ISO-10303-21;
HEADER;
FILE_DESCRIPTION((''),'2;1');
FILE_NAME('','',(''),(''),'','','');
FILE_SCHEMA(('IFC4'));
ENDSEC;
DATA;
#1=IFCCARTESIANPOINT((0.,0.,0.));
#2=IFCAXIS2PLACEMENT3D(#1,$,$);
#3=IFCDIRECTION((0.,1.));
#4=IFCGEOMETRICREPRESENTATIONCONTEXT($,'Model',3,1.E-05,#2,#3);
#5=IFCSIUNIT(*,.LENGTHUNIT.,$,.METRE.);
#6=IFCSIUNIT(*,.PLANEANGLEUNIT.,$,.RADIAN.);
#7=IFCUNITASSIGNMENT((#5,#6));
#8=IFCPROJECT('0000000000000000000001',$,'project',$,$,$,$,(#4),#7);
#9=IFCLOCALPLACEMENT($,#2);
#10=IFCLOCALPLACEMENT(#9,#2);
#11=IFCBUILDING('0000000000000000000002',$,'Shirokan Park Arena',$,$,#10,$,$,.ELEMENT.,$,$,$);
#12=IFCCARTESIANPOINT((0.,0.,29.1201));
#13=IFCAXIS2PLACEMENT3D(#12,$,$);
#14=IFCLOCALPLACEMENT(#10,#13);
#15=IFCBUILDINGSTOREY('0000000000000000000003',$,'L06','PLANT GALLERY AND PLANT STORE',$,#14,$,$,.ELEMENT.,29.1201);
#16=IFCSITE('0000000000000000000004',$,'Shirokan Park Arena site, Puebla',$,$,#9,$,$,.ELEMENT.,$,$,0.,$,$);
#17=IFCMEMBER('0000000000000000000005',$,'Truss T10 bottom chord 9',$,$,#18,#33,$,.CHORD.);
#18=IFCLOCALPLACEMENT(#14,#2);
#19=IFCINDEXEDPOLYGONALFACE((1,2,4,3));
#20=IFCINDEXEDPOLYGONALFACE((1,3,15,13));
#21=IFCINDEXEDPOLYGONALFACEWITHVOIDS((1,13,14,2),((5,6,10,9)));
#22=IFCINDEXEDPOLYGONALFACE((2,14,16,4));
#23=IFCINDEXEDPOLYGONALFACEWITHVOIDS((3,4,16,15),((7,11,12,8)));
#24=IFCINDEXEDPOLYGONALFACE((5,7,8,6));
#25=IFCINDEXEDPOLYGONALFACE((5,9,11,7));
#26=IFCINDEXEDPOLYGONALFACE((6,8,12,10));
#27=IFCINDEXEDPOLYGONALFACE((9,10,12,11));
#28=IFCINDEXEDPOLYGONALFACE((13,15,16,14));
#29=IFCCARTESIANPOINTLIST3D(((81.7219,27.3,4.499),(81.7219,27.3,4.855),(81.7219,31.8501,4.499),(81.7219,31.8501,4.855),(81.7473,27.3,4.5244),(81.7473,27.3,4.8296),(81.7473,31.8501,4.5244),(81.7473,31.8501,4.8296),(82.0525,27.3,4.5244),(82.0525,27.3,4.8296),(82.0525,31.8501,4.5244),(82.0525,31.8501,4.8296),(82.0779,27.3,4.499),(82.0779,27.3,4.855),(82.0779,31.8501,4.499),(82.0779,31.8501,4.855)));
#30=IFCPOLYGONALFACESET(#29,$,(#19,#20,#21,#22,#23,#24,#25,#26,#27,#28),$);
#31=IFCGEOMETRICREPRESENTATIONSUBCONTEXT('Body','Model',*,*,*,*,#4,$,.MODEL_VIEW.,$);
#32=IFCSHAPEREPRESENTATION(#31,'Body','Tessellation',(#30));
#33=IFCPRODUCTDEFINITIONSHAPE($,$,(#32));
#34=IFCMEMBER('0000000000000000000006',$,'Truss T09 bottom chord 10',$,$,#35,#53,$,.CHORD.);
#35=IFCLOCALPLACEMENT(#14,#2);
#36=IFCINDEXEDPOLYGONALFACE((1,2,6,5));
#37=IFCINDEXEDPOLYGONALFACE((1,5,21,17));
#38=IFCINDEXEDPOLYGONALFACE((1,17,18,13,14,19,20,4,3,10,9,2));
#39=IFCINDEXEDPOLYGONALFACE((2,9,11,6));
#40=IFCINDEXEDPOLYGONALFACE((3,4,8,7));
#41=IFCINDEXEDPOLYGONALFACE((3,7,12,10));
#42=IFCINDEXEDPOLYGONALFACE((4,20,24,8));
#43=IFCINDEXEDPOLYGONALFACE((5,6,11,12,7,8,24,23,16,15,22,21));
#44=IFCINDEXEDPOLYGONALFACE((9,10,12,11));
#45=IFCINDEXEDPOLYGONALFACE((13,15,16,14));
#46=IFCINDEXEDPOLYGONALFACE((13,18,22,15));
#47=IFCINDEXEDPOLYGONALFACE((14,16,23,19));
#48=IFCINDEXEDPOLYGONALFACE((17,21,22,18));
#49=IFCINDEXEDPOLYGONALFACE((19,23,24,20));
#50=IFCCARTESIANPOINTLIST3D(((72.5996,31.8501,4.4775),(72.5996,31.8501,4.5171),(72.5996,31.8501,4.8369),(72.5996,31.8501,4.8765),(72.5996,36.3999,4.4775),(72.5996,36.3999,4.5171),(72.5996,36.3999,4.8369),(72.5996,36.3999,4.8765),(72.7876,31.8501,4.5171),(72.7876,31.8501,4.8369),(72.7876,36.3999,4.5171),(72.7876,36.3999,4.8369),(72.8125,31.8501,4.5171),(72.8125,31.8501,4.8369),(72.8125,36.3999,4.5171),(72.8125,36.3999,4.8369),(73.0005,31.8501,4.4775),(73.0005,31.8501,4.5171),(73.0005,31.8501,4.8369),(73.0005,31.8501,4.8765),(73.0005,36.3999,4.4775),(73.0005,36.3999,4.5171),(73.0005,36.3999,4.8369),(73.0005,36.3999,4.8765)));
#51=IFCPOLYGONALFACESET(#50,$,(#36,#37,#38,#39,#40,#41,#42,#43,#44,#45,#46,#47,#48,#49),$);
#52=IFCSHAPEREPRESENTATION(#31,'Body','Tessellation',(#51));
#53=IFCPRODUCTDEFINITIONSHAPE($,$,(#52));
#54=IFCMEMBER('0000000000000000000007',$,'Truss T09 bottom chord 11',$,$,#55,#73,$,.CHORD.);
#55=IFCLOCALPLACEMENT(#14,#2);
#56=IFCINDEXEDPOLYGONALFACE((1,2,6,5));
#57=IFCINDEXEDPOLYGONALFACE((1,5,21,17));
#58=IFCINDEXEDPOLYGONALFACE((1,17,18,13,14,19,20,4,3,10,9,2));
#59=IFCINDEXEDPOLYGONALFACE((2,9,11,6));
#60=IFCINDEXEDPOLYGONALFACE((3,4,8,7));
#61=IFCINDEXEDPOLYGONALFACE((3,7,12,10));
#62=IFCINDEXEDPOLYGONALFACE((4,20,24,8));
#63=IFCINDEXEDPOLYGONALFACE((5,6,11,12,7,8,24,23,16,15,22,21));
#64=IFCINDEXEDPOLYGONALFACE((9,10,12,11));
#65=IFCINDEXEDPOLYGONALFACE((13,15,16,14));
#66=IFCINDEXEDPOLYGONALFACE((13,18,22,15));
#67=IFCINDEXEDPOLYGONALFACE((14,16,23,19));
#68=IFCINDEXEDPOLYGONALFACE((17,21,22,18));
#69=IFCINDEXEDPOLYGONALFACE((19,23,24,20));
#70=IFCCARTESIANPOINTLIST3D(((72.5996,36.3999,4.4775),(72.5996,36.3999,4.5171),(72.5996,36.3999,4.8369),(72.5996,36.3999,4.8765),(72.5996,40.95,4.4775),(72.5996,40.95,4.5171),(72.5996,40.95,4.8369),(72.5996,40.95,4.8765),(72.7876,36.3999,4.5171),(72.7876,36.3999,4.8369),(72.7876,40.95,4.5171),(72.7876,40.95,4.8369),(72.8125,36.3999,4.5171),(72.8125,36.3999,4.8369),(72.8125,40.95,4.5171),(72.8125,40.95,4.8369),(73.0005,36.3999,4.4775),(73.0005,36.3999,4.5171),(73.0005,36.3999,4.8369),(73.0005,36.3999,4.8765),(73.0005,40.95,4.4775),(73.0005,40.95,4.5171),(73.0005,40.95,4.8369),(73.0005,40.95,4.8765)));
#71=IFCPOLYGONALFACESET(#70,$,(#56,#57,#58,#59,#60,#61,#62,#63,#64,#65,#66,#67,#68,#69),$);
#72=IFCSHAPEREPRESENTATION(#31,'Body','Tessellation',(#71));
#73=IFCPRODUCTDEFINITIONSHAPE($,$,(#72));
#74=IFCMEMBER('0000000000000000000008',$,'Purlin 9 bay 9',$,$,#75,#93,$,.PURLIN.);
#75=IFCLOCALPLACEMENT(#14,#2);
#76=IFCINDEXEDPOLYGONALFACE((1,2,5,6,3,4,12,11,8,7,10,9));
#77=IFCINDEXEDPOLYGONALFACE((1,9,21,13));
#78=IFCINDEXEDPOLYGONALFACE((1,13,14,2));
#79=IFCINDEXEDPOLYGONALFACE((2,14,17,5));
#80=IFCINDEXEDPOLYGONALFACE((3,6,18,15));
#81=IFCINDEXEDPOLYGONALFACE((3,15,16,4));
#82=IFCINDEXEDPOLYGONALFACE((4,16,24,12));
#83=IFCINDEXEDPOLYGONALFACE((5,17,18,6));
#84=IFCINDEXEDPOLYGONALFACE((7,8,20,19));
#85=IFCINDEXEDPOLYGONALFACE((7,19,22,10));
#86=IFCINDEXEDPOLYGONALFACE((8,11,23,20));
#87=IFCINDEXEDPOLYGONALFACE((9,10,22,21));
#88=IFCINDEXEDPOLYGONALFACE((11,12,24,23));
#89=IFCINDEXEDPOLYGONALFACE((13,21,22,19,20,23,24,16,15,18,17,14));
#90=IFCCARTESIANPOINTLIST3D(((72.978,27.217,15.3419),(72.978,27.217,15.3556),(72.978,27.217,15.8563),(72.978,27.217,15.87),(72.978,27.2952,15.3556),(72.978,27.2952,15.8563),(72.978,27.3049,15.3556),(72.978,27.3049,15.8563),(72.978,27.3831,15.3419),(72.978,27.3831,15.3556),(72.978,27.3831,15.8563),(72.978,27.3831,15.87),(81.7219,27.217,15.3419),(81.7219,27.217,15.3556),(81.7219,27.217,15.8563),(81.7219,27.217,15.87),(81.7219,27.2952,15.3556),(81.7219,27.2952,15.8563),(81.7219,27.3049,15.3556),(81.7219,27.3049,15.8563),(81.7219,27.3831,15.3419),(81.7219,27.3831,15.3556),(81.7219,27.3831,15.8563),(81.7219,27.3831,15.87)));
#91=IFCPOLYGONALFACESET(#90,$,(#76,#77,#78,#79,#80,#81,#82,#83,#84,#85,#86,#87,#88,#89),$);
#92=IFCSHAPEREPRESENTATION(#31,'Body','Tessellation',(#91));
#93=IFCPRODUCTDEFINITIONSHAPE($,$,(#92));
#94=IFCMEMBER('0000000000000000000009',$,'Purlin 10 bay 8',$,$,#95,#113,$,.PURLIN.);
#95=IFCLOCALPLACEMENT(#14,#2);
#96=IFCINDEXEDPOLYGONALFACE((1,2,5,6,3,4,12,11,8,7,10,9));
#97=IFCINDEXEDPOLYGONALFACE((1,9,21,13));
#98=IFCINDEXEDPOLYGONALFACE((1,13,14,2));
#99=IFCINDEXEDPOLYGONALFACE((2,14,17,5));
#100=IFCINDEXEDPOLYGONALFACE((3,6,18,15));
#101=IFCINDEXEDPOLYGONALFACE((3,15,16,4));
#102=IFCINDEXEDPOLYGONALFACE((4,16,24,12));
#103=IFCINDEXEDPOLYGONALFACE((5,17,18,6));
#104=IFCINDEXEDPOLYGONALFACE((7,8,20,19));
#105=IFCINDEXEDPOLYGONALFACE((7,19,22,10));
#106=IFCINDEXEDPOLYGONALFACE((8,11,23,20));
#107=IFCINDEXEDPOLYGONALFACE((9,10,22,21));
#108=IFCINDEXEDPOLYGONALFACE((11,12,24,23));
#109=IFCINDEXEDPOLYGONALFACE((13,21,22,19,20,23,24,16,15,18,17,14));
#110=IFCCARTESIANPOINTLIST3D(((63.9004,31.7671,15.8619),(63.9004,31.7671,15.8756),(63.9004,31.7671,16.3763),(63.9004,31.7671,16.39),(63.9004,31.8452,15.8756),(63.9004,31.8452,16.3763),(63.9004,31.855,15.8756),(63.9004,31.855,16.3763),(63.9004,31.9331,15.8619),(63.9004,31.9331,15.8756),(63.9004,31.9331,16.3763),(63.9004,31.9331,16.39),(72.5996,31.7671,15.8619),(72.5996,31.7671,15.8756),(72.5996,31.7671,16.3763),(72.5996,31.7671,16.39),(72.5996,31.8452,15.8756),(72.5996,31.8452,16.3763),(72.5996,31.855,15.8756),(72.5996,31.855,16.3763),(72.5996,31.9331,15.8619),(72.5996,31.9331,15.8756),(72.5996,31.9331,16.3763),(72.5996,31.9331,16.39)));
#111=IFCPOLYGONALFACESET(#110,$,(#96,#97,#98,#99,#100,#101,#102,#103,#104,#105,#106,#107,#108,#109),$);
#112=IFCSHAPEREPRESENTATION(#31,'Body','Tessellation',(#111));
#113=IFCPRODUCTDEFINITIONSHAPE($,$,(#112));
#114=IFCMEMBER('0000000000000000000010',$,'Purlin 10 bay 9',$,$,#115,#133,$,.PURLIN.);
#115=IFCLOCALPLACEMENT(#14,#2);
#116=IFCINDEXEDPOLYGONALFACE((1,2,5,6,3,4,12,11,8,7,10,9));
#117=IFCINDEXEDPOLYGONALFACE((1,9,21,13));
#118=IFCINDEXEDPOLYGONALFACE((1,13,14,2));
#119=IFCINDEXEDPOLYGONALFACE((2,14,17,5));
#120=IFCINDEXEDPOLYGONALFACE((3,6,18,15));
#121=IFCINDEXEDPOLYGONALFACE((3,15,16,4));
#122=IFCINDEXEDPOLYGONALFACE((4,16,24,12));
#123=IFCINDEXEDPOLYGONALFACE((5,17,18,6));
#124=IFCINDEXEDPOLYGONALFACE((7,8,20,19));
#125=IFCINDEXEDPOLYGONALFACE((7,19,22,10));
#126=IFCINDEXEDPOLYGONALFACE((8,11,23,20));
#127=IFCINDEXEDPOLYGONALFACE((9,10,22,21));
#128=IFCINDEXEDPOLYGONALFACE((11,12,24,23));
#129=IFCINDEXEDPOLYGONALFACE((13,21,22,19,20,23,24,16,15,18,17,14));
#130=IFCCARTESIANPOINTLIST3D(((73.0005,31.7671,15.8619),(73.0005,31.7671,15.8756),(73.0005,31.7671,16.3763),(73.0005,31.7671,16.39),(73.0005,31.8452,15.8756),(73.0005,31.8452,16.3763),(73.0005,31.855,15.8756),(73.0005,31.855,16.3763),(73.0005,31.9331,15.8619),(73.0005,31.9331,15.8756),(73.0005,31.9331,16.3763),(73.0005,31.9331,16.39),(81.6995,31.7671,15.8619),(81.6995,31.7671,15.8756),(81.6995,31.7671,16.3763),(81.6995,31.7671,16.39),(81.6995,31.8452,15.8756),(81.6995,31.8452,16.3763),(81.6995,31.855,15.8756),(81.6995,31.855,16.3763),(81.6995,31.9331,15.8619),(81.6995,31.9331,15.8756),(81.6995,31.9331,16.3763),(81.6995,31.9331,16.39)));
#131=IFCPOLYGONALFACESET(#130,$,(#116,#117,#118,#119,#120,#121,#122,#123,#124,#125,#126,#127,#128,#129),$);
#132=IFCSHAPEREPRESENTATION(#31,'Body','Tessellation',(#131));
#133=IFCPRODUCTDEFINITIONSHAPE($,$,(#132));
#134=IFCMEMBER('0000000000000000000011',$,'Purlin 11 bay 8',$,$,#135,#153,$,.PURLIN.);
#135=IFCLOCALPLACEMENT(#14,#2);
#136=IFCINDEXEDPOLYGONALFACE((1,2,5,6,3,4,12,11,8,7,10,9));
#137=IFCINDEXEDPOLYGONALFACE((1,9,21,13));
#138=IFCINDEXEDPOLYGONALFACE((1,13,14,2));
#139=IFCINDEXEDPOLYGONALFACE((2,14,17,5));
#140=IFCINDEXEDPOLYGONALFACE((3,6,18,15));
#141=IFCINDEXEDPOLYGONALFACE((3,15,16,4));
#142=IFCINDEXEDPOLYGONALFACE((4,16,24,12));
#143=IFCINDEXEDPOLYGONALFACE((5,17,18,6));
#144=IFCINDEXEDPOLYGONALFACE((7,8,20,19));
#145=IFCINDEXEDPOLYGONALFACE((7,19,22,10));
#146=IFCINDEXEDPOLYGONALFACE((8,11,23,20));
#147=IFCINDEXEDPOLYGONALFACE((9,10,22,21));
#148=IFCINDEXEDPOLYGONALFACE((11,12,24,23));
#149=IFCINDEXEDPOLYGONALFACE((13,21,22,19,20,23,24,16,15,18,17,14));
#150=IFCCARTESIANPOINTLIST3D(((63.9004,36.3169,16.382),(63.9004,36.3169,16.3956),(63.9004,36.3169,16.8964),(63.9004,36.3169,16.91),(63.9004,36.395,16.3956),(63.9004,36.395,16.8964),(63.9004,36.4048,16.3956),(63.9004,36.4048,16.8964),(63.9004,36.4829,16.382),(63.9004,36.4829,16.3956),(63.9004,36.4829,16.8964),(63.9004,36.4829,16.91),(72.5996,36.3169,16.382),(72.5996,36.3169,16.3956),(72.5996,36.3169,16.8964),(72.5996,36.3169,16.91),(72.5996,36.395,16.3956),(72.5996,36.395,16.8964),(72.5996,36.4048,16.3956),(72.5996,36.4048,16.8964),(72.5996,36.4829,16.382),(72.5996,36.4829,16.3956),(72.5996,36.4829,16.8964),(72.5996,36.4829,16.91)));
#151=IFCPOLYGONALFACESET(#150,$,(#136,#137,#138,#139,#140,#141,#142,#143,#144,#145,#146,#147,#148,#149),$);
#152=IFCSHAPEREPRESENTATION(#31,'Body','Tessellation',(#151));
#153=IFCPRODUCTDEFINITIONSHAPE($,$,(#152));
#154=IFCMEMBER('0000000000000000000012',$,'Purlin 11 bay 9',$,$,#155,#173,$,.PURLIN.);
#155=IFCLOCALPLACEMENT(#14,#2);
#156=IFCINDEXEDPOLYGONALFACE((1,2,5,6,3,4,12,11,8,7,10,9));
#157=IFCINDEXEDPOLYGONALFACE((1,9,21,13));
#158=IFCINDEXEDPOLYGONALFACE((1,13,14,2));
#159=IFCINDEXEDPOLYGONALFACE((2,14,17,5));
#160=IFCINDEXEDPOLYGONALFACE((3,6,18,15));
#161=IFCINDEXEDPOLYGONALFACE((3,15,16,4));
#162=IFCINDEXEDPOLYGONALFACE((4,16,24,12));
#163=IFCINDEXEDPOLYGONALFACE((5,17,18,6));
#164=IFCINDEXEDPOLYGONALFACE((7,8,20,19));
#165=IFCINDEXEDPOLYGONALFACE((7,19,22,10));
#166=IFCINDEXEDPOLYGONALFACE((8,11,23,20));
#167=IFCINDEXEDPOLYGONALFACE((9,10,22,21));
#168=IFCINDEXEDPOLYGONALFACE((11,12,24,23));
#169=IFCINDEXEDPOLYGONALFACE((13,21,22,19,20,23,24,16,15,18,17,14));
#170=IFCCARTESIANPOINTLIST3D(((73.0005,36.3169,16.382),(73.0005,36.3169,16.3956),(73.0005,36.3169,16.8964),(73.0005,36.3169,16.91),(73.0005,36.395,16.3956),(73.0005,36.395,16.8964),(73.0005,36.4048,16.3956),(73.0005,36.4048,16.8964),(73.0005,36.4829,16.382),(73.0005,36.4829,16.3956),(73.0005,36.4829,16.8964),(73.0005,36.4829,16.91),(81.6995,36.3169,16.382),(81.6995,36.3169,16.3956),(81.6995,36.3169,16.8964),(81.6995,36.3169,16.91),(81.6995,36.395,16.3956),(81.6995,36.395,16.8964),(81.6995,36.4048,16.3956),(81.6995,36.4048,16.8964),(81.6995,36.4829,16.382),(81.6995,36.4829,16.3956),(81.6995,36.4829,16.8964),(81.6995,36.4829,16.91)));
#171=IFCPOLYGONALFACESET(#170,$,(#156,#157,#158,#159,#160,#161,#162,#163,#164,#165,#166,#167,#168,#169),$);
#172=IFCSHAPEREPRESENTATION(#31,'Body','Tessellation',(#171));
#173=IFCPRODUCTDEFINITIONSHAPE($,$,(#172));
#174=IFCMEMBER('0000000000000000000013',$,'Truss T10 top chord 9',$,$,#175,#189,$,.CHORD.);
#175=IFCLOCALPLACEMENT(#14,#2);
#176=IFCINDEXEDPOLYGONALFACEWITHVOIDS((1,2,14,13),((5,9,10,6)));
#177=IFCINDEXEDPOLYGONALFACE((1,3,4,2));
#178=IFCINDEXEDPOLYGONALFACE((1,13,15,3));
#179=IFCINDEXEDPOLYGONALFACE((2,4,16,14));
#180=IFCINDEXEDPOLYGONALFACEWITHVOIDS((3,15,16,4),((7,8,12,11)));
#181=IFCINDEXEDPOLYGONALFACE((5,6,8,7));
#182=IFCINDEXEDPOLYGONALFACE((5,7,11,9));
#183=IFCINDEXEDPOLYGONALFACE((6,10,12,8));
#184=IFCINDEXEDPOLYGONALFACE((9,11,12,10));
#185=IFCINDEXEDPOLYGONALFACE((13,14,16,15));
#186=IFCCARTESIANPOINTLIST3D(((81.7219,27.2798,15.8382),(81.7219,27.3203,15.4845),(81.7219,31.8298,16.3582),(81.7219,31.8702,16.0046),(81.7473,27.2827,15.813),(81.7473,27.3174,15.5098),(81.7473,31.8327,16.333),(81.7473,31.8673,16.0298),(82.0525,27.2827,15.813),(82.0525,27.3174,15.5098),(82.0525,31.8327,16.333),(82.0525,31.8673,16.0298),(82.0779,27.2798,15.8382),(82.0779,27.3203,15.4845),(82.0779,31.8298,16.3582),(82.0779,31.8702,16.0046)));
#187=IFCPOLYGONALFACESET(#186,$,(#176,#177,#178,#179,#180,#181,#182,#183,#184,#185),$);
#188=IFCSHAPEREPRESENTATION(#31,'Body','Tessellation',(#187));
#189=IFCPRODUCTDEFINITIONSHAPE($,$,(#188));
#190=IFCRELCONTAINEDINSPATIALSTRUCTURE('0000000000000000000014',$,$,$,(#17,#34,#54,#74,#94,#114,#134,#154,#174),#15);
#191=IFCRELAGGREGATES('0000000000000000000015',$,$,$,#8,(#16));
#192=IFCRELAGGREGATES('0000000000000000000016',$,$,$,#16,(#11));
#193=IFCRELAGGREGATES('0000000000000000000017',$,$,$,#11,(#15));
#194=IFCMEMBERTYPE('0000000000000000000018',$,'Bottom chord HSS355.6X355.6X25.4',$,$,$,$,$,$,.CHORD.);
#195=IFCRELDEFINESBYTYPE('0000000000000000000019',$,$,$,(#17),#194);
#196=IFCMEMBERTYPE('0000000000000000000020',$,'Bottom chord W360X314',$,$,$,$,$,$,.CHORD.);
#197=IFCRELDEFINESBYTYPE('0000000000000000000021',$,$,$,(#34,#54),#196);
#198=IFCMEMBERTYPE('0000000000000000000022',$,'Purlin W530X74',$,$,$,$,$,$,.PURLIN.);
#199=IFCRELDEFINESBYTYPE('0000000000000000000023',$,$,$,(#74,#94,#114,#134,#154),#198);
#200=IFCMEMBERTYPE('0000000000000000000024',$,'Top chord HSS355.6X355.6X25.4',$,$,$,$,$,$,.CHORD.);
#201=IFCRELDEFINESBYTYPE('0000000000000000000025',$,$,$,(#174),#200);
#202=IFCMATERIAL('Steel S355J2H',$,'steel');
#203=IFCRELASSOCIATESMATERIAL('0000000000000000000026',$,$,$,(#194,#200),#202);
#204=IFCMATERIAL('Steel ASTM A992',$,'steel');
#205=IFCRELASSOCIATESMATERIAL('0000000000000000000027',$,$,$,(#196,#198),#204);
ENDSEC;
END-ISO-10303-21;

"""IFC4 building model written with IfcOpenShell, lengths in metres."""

from ifc_helpers import new_model, si_unit, direction, frame, origin, origin_2d, place, context, subcontext, project, spatial, hollow_rectangle, i_section, extrude, material, material_profile, profile_set, type_object, element, save


model = new_model("IFC4")

# Units and contexts
model_context = context("Model", 3, precision=1e-05, world=origin(), true_north=direction((0.0, 1.0)))
body_context = subcontext(model_context, "Body", "Model", "MODEL_VIEW")
ifc_project = project(units=[si_unit("LENGTHUNIT", "METRE"), si_unit("PLANEANGLEUNIT", "RADIAN")], contexts=[model_context])

# Site, building, storey
site_placement = place(None, origin())
site = spatial("IfcSite", under=ifc_project, at=site_placement, Name="Shirokan Park Arena site, Puebla", CompositionType="ELEMENT", RefElevation=0.0)
building_placement = place(site_placement, origin())
building = spatial("IfcBuilding", under=site, at=building_placement, Name="Shirokan Park Arena", CompositionType="ELEMENT")
storey_placement = place(building_placement, frame((0.0, 0.0, 29.1201)))
storey = spatial("IfcBuildingStorey", under=building, at=storey_placement, Name="L06", Description="PLANT GALLERY AND PLANT STORE", CompositionType="ELEMENT", Elevation=29.1201)

# Members
ifc_material_1 = material(Name="Steel S355J2H", Category="steel")
ifc_material_profile_1 = material_profile(ifc_material_1, hollow_rectangle(XDim=0.356, YDim=0.356, WallThickness=0.0254, at=origin_2d()), Name="HSS355.6X355.6X25.4")
ifc_profile_set_1 = profile_set([ifc_material_profile_1], Name="Steel S355J2H")
member_type_1 = type_object("IfcMemberType", Name="Bottom chord HSS355.6X355.6X25.4", PredefinedType="CHORD", material=ifc_profile_set_1)
member_1_placement = place(storey_placement, frame((81.8999, 27.3, 4.677), z_axis=(0.0, 1.0, 0.0), x_axis=(-1.0, 0.0, 0.0)))
element("IfcMember", 1, at=member_1_placement, inside=storey, type_object=member_type_1, Name="Truss T10 bottom chord 9", PredefinedType="CHORD", context=body_context, shape_type="SweptSolid", body=[
    extrude(hollow_rectangle(XDim=0.356, YDim=0.356, WallThickness=0.0254, at=origin_2d()), origin(), (0.0, 0.0, 1.0), 4.55),
])
ifc_material_2 = material(Name="Steel ASTM A992", Category="steel")
ifc_material_profile_2 = material_profile(ifc_material_2, i_section(OverallWidth=0.4009, OverallDepth=0.3989, WebThickness=0.0249, FlangeThickness=0.0396, at=origin_2d()), Name="W360X314")
ifc_profile_set_2 = profile_set([ifc_material_profile_2], Name="Steel ASTM A992")
member_type_2 = type_object("IfcMemberType", Name="Bottom chord W360X314", PredefinedType="CHORD", material=ifc_profile_set_2)
member_2_placement = place(storey_placement, frame((72.8, 31.8501, 4.677), z_axis=(0.0, 1.0, 0.0), x_axis=(-1.0, 0.0, 0.0)))
element("IfcMember", 2, at=member_2_placement, inside=storey, type_object=member_type_2, Name="Truss T09 bottom chord 10", PredefinedType="CHORD", context=body_context, shape_type="SweptSolid", body=[
    extrude(i_section(OverallWidth=0.4009, OverallDepth=0.3989, WebThickness=0.0249, FlangeThickness=0.0396, at=origin_2d()), origin(), (0.0, 0.0, 1.0), 4.5498),
])
member_3_placement = place(storey_placement, frame((72.8, 36.3999, 4.677), z_axis=(0.0, 1.0, 0.0), x_axis=(-1.0, 0.0, 0.0)))
element("IfcMember", 3, at=member_3_placement, inside=storey, type_object=member_type_2, Name="Truss T09 bottom chord 11", PredefinedType="CHORD", context=body_context, shape_type="SweptSolid", body=[
    extrude(i_section(OverallWidth=0.4009, OverallDepth=0.3989, WebThickness=0.0249, FlangeThickness=0.0396, at=origin_2d()), origin(), (0.0, 0.0, 1.0), 4.55),
])
ifc_material_profile_3 = material_profile(ifc_material_2, i_section(OverallWidth=0.166, OverallDepth=0.5281, WebThickness=0.0098, FlangeThickness=0.0137, at=origin_2d()), Name="W530X74")
ifc_profile_set_3 = profile_set([ifc_material_profile_3], Name="Steel ASTM A992")
member_type_3 = type_object("IfcMemberType", Name="Purlin W530X74", PredefinedType="PURLIN", material=ifc_profile_set_3)
member_4_placement = place(storey_placement, frame((72.978, 27.3, 15.606), z_axis=(1.0, 0.0, 0.0), x_axis=(0.0, 1.0, 0.0)))
element("IfcMember", 4, at=member_4_placement, inside=storey, type_object=member_type_3, Name="Purlin 9 bay 9", PredefinedType="PURLIN", context=body_context, shape_type="SweptSolid", body=[
    extrude(i_section(OverallWidth=0.166, OverallDepth=0.5281, WebThickness=0.0098, FlangeThickness=0.0137, at=origin_2d()), origin(), (0.0, 0.0, 1.0), 8.7439),
])
member_5_placement = place(storey_placement, frame((63.9004, 31.8501, 16.126), z_axis=(1.0, 0.0, 0.0), x_axis=(0.0, 1.0, 0.0)))
element("IfcMember", 5, at=member_5_placement, inside=storey, type_object=member_type_3, Name="Purlin 10 bay 8", PredefinedType="PURLIN", context=body_context, shape_type="SweptSolid", body=[
    extrude(i_section(OverallWidth=0.166, OverallDepth=0.5281, WebThickness=0.0098, FlangeThickness=0.0137, at=origin_2d()), origin(), (0.0, 0.0, 1.0), 8.6992),
])
member_6_placement = place(storey_placement, frame((73.0005, 31.8501, 16.126), z_axis=(1.0, 0.0, 0.0), x_axis=(0.0, 1.0, 0.0)))
element("IfcMember", 6, at=member_6_placement, inside=storey, type_object=member_type_3, Name="Purlin 10 bay 9", PredefinedType="PURLIN", context=body_context, shape_type="SweptSolid", body=[
    extrude(i_section(OverallWidth=0.166, OverallDepth=0.5281, WebThickness=0.0098, FlangeThickness=0.0137, at=origin_2d()), origin(), (0.0, 0.0, 1.0), 8.699),
])
member_7_placement = place(storey_placement, frame((63.9004, 36.3999, 16.646), z_axis=(1.0, 0.0, 0.0), x_axis=(0.0, 1.0, 0.0)))
element("IfcMember", 7, at=member_7_placement, inside=storey, type_object=member_type_3, Name="Purlin 11 bay 8", PredefinedType="PURLIN", context=body_context, shape_type="SweptSolid", body=[
    extrude(i_section(OverallWidth=0.166, OverallDepth=0.5281, WebThickness=0.0098, FlangeThickness=0.0137, at=origin_2d()), origin(), (0.0, 0.0, 1.0), 8.6992),
])
member_8_placement = place(storey_placement, frame((73.0005, 36.3999, 16.646), z_axis=(1.0, 0.0, 0.0), x_axis=(0.0, 1.0, 0.0)))
element("IfcMember", 8, at=member_8_placement, inside=storey, type_object=member_type_3, Name="Purlin 11 bay 9", PredefinedType="PURLIN", context=body_context, shape_type="SweptSolid", body=[
    extrude(i_section(OverallWidth=0.166, OverallDepth=0.5281, WebThickness=0.0098, FlangeThickness=0.0137, at=origin_2d()), origin(), (0.0, 0.0, 1.0), 8.699),
])
ifc_material_profile_4 = material_profile(ifc_material_1, hollow_rectangle(XDim=0.356, YDim=0.356, WallThickness=0.0254, at=origin_2d()), Name="HSS355.6X355.6X25.4")
ifc_profile_set_4 = profile_set([ifc_material_profile_4], Name="Steel S355J2H")
member_type_4 = type_object("IfcMemberType", Name="Top chord HSS355.6X355.6X25.4", PredefinedType="CHORD", material=ifc_profile_set_4)
member_9_placement = place(storey_placement, frame((81.8999, 27.3, 15.6614), z_axis=(0.0, 0.993532, 0.11355), x_axis=(-1.0, 0.0, 0.0)))
element("IfcMember", 9, at=member_9_placement, inside=storey, type_object=member_type_4, Name="Truss T10 top chord 9", PredefinedType="CHORD", context=body_context, shape_type="SweptSolid", body=[
    extrude(hollow_rectangle(XDim=0.356, YDim=0.356, WallThickness=0.0254, at=origin_2d()), origin(), (0.0, 0.0, 1.0), 4.5796),
])

save(model, "model.ifc")
